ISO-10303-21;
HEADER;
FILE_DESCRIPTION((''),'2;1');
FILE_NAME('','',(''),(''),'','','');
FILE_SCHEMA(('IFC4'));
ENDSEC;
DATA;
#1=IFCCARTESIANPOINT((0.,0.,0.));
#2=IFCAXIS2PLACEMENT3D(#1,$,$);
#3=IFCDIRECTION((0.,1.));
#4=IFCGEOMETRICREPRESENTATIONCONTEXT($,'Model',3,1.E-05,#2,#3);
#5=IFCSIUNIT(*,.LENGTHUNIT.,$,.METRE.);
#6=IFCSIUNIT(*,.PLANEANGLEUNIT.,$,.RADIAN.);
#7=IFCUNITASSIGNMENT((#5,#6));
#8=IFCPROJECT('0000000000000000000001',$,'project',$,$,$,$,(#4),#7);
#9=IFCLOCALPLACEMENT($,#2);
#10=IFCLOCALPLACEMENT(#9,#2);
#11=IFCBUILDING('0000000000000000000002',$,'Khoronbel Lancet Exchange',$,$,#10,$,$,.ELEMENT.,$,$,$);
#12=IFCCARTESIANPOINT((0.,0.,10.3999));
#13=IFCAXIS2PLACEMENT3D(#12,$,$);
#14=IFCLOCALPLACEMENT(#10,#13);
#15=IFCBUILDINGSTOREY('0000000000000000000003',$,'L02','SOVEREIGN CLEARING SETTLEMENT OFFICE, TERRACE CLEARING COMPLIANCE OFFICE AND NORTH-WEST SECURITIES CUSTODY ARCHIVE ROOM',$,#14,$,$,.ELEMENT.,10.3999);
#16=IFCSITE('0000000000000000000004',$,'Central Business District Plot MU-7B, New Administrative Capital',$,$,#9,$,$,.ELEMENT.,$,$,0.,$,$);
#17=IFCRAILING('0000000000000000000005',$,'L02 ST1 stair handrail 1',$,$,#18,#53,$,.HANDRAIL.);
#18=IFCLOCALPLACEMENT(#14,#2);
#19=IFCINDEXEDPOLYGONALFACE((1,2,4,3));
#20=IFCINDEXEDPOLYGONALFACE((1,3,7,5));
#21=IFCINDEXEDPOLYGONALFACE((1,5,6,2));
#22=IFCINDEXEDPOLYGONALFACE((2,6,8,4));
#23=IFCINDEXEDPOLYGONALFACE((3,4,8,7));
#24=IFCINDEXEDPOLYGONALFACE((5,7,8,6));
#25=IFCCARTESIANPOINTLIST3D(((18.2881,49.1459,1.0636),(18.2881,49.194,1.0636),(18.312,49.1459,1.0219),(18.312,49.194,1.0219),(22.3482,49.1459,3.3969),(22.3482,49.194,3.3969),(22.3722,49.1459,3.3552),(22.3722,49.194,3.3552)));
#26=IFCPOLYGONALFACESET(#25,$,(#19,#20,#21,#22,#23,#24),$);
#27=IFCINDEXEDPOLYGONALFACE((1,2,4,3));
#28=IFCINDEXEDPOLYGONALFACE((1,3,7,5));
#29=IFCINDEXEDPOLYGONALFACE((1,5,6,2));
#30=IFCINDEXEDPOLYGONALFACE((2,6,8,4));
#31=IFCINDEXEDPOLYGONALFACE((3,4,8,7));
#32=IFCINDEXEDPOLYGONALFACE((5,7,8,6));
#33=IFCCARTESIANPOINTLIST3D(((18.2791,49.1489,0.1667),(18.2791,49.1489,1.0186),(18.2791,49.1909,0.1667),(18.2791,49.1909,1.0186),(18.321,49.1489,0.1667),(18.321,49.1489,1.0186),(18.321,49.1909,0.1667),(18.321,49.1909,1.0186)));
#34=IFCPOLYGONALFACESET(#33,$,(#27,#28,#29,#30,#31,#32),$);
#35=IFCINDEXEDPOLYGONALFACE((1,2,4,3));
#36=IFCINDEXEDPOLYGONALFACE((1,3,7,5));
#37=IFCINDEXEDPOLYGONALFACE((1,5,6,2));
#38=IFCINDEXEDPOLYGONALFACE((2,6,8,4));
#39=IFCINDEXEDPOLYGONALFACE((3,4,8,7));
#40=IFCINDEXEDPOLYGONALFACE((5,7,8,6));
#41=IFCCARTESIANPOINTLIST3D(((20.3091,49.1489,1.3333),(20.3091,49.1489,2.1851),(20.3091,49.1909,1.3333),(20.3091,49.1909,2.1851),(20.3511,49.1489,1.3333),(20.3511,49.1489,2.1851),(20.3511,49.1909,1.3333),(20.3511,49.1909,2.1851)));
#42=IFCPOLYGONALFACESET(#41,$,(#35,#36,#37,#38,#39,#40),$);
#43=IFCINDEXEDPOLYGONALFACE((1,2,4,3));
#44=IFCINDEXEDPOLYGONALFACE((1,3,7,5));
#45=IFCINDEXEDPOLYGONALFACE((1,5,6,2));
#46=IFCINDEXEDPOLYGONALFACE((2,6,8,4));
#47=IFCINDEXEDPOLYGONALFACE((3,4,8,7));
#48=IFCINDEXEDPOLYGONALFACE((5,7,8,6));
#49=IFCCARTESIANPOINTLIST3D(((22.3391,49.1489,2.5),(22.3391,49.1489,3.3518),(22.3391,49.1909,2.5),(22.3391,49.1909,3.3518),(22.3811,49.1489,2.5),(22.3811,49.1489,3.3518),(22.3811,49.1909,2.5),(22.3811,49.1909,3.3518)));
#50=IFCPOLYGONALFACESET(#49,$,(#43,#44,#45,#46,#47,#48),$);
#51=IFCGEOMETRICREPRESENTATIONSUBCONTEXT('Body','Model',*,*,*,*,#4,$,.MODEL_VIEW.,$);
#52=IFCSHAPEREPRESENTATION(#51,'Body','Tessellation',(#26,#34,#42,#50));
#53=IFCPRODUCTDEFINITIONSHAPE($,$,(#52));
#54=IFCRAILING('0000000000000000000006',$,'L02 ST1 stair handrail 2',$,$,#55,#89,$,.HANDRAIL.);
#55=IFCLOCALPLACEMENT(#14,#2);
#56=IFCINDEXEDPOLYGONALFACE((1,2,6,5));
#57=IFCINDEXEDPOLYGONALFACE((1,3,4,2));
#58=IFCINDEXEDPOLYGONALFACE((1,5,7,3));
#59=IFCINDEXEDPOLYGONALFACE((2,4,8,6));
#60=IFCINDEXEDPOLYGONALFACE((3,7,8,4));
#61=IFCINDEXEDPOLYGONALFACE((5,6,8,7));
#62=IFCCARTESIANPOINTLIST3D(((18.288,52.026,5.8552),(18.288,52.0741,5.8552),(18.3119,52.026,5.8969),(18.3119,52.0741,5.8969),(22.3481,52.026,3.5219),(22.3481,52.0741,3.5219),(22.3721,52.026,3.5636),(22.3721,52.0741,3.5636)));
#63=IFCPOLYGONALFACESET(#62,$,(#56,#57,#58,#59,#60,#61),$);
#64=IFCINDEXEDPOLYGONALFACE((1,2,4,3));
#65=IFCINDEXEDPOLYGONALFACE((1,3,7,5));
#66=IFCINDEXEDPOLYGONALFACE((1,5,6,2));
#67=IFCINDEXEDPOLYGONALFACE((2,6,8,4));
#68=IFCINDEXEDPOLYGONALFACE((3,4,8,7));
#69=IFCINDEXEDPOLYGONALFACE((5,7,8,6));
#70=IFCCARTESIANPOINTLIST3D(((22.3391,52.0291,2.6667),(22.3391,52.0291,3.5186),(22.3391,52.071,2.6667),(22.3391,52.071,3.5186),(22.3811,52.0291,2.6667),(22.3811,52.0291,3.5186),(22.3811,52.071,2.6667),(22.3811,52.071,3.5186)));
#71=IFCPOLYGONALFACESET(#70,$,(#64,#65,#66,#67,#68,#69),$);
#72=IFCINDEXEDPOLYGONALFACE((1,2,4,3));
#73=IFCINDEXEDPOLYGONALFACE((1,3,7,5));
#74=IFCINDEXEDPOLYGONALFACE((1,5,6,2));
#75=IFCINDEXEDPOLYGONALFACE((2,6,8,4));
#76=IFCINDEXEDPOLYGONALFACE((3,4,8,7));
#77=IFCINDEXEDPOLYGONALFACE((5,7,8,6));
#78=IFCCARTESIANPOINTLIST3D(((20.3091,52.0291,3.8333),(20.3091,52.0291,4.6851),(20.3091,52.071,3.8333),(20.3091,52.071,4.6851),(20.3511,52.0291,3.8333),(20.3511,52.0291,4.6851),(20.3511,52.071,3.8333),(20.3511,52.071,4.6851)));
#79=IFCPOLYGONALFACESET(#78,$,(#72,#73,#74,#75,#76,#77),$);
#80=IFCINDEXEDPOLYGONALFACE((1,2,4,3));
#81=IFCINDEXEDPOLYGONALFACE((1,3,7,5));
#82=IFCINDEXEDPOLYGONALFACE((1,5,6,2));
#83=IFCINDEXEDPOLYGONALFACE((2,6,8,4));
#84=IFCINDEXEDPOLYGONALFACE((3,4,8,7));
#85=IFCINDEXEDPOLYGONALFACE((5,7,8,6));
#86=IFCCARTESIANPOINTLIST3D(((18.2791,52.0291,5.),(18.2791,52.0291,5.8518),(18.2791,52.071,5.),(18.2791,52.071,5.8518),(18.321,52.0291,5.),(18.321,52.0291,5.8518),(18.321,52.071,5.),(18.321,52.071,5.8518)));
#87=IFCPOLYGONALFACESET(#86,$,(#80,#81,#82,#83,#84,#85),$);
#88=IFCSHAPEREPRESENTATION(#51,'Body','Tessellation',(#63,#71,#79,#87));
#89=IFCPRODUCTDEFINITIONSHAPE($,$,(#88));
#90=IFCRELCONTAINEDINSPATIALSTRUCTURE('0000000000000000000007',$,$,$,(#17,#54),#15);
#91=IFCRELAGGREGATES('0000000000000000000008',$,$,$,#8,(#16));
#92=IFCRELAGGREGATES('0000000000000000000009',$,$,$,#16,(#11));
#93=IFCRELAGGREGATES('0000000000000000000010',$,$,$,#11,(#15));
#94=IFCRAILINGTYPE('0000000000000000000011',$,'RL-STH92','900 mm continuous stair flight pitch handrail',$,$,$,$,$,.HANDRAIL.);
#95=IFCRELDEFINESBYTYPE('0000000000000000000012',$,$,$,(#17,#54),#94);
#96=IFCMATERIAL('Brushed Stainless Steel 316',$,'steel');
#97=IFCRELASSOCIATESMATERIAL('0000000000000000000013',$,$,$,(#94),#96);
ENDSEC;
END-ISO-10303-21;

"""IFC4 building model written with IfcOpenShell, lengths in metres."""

from ifc_helpers import new_model, si_unit, direction, frame, origin, origin_2d, place, context, subcontext, project, spatial, rectangle, extrude, material, type_object, element, save


model = new_model("IFC4")

# Units and contexts
model_context = context("Model", 3, precision=1e-05, world=origin(), true_north=direction((0.0, 1.0)))
body_context = subcontext(model_context, "Body", "Model", "MODEL_VIEW")
ifc_project = project(units=[si_unit("LENGTHUNIT", "METRE"), si_unit("PLANEANGLEUNIT", "RADIAN")], contexts=[model_context])

# Site, building, storey
site_placement = place(None, origin())
site = spatial("IfcSite", under=ifc_project, at=site_placement, Name="Central Business District Plot MU-7B, New Administrative Capital", CompositionType="ELEMENT", RefElevation=0.0)
building_placement = place(site_placement, origin())
building = spatial("IfcBuilding", under=site, at=building_placement, Name="Khoronbel Lancet Exchange", CompositionType="ELEMENT")
storey_placement = place(building_placement, frame((0.0, 0.0, 10.3999)))
storey = spatial("IfcBuildingStorey", under=building, at=storey_placement, Name="L02", Description="SOVEREIGN CLEARING SETTLEMENT OFFICE, TERRACE CLEARING COMPLIANCE OFFICE AND NORTH-WEST SECURITIES CUSTODY ARCHIVE ROOM", CompositionType="ELEMENT", Elevation=10.3999)

# Railings
ifc_material_1 = material(Name="Brushed Stainless Steel 316", Category="steel")
railing_type_1 = type_object("IfcRailingType", Name="RL-STH92", Description="900 mm continuous stair flight pitch handrail", PredefinedType="HANDRAIL", material=ifc_material_1)
railing_1_placement = place(storey_placement, frame((18.3, 49.1699, 0.1667)))
element("IfcRailing", 1, at=railing_1_placement, inside=storey, type_object=railing_type_1, Name="L02 ST1 stair handrail 1", PredefinedType="HANDRAIL", context=body_context, shape_type="SweptSolid", body=[
    extrude(rectangle(XDim=0.0481, YDim=0.0481, at=origin_2d()), frame((0.0, 0.0, 0.876), z_axis=(0.867025, 0.0, 0.498265), x_axis=(0.0, 1.0, 0.0)), (0.0, 0.0, 1.0), 4.6829),
    extrude(rectangle(XDim=0.042, YDim=0.042, at=origin_2d()), origin(), (0.0, 0.0, 1.0), 0.8518),
    extrude(rectangle(XDim=0.042, YDim=0.042, at=origin_2d()), frame((2.03, 0.0, 1.1665)), (0.0, 0.0, 1.0), 0.8518),
    extrude(rectangle(XDim=0.042, YDim=0.042, at=origin_2d()), frame((4.0601, 0.0, 2.3333)), (0.0, 0.0, 1.0), 0.8518),
])
railing_2_placement = place(storey_placement, frame((22.3601, 52.05, 2.6667)))
element("IfcRailing", 2, at=railing_2_placement, inside=storey, type_object=railing_type_1, Name="L02 ST1 stair handrail 2", PredefinedType="HANDRAIL", context=body_context, shape_type="SweptSolid", body=[
    extrude(rectangle(XDim=0.0481, YDim=0.0481, at=origin_2d()), frame((0.0, 0.0, 0.876), z_axis=(-0.867025, 0.0, 0.498265), x_axis=(0.0, -1.0, 0.0)), (0.0, 0.0, 1.0), 4.6829),
    extrude(rectangle(XDim=0.042, YDim=0.042, at=origin_2d()), origin(), (0.0, 0.0, 1.0), 0.8518),
    extrude(rectangle(XDim=0.042, YDim=0.042, at=origin_2d()), frame((-2.03, 0.0, 1.1665)), (0.0, 0.0, 1.0), 0.8518),
    extrude(rectangle(XDim=0.042, YDim=0.042, at=origin_2d()), frame((-4.0601, 0.0, 2.3333)), (0.0, 0.0, 1.0), 0.8518),
])

save(model, "model.ifc")
